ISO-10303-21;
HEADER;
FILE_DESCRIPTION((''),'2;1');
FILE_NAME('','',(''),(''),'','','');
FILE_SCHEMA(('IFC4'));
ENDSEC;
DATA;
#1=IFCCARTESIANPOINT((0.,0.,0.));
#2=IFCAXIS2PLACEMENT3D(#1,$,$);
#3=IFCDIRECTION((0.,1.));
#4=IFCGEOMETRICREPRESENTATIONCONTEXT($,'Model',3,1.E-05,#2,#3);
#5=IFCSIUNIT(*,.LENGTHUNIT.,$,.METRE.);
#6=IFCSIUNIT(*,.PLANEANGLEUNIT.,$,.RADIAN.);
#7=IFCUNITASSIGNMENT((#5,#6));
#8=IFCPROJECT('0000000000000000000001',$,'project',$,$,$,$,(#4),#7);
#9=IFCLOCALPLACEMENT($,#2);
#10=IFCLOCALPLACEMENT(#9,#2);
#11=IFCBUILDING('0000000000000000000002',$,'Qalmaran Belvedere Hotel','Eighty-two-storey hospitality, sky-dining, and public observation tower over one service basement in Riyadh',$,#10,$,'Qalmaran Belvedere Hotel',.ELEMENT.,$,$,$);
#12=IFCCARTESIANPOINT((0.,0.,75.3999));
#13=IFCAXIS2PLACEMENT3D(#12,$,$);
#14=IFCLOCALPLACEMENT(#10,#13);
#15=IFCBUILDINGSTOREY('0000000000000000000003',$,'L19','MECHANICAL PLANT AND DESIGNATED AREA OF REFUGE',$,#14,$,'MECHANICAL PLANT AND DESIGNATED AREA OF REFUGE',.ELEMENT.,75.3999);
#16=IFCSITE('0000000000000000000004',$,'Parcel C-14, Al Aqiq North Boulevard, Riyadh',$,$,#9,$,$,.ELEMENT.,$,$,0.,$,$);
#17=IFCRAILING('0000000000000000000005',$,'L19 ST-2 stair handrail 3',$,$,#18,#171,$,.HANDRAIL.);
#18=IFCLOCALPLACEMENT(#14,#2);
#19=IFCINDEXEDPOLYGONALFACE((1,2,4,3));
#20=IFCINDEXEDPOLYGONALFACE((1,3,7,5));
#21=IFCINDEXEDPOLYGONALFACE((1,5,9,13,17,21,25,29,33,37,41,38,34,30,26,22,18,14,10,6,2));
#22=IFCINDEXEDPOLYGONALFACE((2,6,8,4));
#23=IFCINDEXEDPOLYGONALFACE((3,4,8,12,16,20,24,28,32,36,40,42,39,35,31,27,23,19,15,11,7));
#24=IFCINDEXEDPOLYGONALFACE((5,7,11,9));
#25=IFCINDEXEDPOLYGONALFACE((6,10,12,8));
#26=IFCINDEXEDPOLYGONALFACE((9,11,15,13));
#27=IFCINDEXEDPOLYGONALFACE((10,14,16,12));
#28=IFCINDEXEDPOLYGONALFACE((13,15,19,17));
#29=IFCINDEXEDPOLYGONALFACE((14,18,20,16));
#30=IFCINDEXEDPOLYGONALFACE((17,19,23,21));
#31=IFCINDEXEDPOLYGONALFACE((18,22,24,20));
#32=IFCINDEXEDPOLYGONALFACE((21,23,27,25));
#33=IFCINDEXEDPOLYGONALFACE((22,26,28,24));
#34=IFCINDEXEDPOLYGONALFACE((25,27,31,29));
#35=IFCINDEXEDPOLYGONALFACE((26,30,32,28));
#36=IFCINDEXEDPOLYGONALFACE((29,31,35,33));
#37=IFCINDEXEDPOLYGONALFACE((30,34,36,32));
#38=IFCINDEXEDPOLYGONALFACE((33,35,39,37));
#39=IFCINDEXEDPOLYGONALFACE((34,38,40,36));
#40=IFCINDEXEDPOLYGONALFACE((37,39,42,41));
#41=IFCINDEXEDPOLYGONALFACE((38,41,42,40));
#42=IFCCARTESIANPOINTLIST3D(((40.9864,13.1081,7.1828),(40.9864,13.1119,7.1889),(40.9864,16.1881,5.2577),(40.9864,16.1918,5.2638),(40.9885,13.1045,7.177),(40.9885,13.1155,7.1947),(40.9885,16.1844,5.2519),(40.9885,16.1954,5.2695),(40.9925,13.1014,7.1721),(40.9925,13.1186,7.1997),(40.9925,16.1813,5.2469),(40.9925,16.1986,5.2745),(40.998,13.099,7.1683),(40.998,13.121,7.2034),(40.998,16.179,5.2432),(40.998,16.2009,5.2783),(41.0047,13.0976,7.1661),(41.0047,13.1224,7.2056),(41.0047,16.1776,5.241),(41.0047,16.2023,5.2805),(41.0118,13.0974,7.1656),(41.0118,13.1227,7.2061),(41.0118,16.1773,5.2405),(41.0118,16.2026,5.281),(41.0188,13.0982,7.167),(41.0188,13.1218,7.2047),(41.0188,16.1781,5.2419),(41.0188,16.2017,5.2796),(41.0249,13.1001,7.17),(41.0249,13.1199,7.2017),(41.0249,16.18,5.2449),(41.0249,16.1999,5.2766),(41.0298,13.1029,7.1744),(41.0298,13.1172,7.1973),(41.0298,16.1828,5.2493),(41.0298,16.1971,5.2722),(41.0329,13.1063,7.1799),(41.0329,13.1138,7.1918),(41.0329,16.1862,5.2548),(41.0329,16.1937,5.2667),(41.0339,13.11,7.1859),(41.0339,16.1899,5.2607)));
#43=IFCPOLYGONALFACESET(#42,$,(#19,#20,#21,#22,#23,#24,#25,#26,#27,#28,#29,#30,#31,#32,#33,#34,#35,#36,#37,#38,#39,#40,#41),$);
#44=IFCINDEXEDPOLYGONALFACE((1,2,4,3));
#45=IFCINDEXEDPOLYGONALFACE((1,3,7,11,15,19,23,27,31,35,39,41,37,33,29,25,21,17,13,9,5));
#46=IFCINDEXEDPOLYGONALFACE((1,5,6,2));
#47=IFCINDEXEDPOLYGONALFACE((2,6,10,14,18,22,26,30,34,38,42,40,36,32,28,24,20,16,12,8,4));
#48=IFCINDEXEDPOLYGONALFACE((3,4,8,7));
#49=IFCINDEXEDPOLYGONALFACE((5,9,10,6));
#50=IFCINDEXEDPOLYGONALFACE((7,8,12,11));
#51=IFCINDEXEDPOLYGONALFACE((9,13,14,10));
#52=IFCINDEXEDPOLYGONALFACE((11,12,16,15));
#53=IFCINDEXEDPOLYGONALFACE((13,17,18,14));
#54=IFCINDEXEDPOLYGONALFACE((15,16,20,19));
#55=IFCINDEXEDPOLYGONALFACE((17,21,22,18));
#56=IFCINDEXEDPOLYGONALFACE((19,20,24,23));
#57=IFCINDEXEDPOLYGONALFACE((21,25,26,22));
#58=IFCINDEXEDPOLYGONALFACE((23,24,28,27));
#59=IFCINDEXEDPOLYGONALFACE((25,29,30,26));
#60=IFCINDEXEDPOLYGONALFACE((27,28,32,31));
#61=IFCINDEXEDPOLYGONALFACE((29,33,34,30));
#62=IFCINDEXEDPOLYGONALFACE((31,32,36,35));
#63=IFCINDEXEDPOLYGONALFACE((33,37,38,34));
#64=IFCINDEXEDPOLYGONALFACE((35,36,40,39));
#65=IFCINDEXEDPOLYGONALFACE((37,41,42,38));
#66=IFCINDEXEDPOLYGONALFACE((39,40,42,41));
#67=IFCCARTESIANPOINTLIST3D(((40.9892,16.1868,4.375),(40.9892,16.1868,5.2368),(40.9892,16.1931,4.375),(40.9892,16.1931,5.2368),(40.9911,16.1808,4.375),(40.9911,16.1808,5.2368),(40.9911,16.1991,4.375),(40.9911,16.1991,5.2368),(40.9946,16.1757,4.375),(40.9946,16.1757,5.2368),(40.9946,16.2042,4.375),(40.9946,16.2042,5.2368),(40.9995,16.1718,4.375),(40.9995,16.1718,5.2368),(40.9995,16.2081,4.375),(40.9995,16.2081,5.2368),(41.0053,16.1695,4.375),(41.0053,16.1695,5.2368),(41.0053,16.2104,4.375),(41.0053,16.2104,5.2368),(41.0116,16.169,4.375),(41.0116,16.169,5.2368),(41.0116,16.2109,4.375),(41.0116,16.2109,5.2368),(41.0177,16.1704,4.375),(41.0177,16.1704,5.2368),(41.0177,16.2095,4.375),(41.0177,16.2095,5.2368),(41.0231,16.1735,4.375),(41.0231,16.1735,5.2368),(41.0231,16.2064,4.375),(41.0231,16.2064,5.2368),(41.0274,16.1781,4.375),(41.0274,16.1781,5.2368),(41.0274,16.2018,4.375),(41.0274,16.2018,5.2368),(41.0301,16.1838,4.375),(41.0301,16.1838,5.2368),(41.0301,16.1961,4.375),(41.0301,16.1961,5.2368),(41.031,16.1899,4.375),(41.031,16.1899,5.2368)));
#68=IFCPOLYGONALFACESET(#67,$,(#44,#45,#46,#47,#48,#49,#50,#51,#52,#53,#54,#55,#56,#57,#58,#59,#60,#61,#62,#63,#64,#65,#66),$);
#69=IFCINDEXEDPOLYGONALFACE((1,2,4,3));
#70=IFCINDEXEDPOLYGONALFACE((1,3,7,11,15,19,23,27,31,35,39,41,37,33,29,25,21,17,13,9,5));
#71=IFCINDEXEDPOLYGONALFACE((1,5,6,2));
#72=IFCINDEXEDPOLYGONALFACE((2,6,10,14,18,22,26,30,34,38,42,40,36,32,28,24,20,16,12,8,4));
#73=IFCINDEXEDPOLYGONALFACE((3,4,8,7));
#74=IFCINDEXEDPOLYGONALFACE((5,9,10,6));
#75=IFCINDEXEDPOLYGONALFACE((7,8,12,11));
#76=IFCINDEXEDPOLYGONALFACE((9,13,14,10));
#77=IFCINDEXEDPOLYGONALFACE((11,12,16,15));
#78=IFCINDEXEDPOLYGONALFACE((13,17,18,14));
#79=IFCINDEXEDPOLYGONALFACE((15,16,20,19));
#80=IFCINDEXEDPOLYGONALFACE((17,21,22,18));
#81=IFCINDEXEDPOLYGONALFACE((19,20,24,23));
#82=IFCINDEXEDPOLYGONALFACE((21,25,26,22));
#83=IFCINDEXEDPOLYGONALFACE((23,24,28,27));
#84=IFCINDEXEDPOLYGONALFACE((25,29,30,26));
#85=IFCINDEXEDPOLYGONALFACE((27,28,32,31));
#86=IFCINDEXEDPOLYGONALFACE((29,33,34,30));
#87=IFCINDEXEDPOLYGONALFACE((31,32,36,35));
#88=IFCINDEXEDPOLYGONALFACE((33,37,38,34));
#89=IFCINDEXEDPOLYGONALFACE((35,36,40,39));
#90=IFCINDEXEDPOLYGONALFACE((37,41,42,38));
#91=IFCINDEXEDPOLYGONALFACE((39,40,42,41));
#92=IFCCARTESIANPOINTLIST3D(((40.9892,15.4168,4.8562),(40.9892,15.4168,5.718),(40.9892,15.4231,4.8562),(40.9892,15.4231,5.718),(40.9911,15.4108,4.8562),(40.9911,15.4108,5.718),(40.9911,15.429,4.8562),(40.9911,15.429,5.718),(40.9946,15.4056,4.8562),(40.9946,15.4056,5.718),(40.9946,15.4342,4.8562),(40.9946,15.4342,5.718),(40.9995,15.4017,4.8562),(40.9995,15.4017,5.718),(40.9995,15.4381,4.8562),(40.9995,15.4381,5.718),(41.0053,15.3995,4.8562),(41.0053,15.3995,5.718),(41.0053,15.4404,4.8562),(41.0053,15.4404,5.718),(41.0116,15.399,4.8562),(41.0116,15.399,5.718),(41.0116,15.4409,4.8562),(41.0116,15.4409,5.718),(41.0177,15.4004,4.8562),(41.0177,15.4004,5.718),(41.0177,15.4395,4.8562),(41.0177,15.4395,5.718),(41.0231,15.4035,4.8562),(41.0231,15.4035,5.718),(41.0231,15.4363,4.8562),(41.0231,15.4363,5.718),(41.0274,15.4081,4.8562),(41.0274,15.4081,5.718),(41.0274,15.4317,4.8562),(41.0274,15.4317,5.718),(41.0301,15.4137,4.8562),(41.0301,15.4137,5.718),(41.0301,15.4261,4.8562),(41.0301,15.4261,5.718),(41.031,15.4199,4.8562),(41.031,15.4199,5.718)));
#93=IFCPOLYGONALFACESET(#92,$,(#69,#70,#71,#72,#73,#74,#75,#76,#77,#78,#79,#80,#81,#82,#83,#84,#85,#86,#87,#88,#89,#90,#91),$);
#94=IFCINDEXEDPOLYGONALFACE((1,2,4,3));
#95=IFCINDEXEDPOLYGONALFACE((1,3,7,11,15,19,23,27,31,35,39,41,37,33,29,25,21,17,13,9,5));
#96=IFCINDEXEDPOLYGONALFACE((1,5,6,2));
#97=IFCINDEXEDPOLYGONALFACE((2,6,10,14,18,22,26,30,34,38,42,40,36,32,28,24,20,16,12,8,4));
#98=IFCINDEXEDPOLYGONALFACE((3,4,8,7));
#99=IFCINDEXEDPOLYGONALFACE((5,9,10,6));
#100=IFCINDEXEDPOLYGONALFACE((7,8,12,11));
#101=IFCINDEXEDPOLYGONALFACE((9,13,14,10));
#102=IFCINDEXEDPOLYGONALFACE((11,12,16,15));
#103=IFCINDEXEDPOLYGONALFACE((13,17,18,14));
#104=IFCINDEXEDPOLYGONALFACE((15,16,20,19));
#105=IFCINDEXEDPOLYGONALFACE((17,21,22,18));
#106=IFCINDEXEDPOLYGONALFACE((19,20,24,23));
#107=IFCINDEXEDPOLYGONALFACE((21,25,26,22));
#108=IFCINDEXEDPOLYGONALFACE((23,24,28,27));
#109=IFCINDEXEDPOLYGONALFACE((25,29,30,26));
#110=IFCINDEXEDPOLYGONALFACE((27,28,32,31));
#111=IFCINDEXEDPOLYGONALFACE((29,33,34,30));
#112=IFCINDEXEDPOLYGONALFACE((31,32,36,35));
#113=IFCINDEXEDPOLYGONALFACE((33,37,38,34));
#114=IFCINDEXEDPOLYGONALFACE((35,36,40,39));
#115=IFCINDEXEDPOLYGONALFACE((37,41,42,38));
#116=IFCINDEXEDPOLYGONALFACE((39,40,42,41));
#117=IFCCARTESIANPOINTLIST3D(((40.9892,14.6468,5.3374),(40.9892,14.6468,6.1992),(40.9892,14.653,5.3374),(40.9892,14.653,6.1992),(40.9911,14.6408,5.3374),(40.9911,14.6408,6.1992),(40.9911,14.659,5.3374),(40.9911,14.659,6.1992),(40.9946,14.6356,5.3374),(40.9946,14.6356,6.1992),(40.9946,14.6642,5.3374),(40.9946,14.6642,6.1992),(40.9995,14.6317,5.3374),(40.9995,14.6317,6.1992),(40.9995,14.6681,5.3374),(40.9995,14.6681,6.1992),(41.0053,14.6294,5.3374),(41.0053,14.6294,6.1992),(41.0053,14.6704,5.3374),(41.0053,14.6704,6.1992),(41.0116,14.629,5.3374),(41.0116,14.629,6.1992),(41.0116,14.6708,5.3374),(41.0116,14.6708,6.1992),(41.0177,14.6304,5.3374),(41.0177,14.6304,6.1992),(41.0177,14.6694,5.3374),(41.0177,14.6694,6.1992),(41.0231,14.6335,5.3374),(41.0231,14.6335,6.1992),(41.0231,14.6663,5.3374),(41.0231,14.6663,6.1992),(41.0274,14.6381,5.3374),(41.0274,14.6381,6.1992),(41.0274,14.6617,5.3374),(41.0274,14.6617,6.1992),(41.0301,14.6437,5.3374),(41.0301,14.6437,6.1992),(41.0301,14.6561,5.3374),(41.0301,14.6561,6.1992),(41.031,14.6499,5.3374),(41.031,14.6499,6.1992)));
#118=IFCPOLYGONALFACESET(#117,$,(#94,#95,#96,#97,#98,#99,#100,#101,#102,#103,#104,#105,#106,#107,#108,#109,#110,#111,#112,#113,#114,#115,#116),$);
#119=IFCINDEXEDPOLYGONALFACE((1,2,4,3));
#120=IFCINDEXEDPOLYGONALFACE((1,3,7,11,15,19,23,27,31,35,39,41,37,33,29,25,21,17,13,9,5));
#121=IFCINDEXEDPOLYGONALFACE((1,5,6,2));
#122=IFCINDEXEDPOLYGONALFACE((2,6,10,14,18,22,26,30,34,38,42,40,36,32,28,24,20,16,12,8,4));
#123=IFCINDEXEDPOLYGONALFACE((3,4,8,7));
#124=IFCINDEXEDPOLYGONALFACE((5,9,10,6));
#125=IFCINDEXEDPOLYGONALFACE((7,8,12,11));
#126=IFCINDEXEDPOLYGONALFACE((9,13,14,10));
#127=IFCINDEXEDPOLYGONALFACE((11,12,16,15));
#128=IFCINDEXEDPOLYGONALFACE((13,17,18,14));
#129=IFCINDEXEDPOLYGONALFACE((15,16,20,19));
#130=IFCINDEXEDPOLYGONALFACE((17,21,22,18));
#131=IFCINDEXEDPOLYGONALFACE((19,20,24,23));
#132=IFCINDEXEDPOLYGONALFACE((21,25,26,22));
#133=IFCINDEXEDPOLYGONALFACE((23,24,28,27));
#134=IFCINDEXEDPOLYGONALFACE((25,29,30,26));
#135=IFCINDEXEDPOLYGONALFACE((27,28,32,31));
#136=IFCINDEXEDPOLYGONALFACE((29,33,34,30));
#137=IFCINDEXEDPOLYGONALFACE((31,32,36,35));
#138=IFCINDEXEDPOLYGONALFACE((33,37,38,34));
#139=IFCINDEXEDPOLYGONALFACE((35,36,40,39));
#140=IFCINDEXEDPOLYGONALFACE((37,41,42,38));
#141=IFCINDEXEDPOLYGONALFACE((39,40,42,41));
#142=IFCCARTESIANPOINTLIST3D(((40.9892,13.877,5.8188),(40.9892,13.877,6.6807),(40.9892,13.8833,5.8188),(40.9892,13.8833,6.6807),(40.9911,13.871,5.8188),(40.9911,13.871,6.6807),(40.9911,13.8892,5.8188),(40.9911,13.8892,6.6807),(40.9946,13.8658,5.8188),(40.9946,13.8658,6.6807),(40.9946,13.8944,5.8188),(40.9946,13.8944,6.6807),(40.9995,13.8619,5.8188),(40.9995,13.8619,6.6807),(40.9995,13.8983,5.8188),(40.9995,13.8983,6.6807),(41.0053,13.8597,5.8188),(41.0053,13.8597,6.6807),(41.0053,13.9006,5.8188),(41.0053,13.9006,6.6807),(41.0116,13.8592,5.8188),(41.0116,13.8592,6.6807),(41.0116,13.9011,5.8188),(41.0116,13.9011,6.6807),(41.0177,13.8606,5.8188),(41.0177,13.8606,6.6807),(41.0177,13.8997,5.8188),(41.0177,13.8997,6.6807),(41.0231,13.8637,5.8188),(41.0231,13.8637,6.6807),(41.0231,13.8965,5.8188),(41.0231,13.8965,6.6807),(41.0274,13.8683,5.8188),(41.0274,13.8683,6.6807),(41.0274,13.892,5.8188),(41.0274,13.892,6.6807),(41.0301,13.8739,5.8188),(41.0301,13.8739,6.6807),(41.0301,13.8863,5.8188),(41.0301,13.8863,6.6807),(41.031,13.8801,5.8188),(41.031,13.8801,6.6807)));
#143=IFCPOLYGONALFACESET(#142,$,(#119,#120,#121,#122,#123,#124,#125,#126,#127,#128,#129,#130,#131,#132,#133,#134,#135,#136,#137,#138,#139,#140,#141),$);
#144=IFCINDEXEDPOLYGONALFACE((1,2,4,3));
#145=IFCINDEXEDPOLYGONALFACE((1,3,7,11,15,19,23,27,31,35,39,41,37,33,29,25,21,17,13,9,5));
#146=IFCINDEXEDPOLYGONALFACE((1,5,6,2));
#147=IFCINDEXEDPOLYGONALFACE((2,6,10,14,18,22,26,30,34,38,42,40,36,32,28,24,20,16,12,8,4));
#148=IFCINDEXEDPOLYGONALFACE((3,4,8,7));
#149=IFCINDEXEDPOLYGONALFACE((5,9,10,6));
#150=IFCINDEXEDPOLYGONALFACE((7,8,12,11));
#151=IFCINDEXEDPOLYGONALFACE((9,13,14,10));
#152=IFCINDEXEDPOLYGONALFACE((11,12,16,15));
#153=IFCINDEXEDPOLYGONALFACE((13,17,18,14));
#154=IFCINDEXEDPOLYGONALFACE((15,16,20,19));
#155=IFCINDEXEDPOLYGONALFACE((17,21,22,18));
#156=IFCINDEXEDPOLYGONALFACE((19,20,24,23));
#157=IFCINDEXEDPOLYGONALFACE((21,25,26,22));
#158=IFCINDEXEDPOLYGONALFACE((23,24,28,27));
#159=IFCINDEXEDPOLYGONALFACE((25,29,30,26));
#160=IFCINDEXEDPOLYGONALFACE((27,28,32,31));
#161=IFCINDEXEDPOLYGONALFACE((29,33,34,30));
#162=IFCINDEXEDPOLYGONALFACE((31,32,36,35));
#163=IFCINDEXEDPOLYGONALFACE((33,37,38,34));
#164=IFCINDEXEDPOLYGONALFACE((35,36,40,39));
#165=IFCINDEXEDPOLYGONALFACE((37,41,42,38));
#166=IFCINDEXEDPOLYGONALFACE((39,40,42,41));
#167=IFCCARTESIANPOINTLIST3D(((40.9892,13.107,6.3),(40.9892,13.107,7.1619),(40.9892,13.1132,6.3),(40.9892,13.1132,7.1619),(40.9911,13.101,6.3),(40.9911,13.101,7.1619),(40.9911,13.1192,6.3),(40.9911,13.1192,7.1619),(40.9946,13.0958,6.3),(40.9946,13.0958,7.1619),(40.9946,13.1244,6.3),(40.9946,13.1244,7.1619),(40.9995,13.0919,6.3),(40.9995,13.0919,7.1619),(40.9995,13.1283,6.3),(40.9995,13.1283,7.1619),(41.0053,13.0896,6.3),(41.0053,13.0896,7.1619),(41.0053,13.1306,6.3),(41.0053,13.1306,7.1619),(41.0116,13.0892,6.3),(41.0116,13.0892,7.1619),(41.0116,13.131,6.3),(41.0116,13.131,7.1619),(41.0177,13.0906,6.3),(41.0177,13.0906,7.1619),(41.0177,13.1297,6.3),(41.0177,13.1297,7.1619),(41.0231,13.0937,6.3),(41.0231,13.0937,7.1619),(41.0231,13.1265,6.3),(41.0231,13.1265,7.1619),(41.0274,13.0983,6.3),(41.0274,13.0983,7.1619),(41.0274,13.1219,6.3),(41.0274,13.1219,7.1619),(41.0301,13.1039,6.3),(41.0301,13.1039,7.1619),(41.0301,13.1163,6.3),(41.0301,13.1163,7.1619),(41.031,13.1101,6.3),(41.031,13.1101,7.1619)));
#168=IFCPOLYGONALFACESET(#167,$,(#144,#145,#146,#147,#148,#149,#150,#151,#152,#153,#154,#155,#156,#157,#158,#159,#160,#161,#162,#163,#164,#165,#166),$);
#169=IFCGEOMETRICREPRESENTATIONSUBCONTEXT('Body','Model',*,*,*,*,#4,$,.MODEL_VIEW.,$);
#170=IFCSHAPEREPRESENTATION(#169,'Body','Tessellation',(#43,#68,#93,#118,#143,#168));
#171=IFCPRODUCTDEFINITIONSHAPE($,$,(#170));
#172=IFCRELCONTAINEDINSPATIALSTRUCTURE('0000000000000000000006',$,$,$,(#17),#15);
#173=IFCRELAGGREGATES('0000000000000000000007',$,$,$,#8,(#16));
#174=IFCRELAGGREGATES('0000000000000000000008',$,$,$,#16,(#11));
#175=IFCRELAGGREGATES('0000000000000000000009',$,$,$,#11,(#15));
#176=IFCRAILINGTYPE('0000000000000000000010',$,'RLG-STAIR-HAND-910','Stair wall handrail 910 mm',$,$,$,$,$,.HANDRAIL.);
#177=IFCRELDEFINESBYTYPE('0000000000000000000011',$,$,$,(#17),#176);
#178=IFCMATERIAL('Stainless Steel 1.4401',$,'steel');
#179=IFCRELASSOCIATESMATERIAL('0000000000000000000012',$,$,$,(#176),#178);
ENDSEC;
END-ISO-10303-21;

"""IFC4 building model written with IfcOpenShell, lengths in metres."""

from ifc_helpers import new_model, si_unit, direction, frame, origin, origin_2d, place, context, subcontext, project, spatial, circle, extrude, material, type_object, element, save


model = new_model("IFC4")

# Units and contexts
model_context = context("Model", 3, precision=1e-05, world=origin(), true_north=direction((0.0, 1.0)))
body_context = subcontext(model_context, "Body", "Model", "MODEL_VIEW")
ifc_project = project(units=[si_unit("LENGTHUNIT", "METRE"), si_unit("PLANEANGLEUNIT", "RADIAN")], contexts=[model_context])

# Site, building, storey
site_placement = place(None, origin())
site = spatial("IfcSite", under=ifc_project, at=site_placement, Name="Parcel C-14, Al Aqiq North Boulevard, Riyadh", CompositionType="ELEMENT", RefElevation=0.0)
building_placement = place(site_placement, origin())
building = spatial("IfcBuilding", under=site, at=building_placement, Name="Qalmaran Belvedere Hotel", Description="Eighty-two-storey hospitality, sky-dining, and public observation tower over one service basement in Riyadh", LongName="Qalmaran Belvedere Hotel", CompositionType="ELEMENT")
storey_placement = place(building_placement, frame((0.0, 0.0, 75.3999)))
storey = spatial("IfcBuildingStorey", under=building, at=storey_placement, Name="L19", Description="MECHANICAL PLANT AND DESIGNATED AREA OF REFUGE", LongName="MECHANICAL PLANT AND DESIGNATED AREA OF REFUGE", CompositionType="ELEMENT", Elevation=75.3999)

# Shared definitions
ifc_material_1 = material(Name="Stainless Steel 1.4401", Category="steel")

# Railing
railing_type = type_object("IfcRailingType", Name="RLG-STAIR-HAND-910", Description="Stair wall handrail 910 mm", PredefinedType="HANDRAIL", material=ifc_material_1)
for number, where, name in (
    (1, (41.01, 16.1899, 4.375), "L19 ST-2 stair handrail 3"),
):
    element("IfcRailing", number, at=place(storey_placement, frame(where)), inside=storey, type_object=railing_type, Name=name, PredefinedType="HANDRAIL", context=body_context, shape_type="SweptSolid", body=[
        extrude(circle(Radius=0.0239, at=origin_2d()), frame((0.0, 0.0, 0.8857), z_axis=(0.0, -0.847979, 0.530029), x_axis=(1.0, 0.0, 0.0)), (0.0, 0.0, 1.0), 3.6321),
        extrude(circle(Radius=0.021, at=origin_2d()), origin(), (0.0, 0.0, 1.0), 0.8618),
        extrude(circle(Radius=0.021, at=origin_2d()), frame((0.0, -0.77, 0.4812)), (0.0, 0.0, 1.0), 0.8618),
        extrude(circle(Radius=0.021, at=origin_2d()), frame((0.0, -1.54, 0.9624)), (0.0, 0.0, 1.0), 0.8618),
        extrude(circle(Radius=0.021, at=origin_2d()), frame((0.0, -2.3098, 1.4438)), (0.0, 0.0, 1.0), 0.8618),
        extrude(circle(Radius=0.021, at=origin_2d()), frame((0.0, -3.0798, 1.925)), (0.0, 0.0, 1.0), 0.8618),
    ])

save(model, "model.ifc")
